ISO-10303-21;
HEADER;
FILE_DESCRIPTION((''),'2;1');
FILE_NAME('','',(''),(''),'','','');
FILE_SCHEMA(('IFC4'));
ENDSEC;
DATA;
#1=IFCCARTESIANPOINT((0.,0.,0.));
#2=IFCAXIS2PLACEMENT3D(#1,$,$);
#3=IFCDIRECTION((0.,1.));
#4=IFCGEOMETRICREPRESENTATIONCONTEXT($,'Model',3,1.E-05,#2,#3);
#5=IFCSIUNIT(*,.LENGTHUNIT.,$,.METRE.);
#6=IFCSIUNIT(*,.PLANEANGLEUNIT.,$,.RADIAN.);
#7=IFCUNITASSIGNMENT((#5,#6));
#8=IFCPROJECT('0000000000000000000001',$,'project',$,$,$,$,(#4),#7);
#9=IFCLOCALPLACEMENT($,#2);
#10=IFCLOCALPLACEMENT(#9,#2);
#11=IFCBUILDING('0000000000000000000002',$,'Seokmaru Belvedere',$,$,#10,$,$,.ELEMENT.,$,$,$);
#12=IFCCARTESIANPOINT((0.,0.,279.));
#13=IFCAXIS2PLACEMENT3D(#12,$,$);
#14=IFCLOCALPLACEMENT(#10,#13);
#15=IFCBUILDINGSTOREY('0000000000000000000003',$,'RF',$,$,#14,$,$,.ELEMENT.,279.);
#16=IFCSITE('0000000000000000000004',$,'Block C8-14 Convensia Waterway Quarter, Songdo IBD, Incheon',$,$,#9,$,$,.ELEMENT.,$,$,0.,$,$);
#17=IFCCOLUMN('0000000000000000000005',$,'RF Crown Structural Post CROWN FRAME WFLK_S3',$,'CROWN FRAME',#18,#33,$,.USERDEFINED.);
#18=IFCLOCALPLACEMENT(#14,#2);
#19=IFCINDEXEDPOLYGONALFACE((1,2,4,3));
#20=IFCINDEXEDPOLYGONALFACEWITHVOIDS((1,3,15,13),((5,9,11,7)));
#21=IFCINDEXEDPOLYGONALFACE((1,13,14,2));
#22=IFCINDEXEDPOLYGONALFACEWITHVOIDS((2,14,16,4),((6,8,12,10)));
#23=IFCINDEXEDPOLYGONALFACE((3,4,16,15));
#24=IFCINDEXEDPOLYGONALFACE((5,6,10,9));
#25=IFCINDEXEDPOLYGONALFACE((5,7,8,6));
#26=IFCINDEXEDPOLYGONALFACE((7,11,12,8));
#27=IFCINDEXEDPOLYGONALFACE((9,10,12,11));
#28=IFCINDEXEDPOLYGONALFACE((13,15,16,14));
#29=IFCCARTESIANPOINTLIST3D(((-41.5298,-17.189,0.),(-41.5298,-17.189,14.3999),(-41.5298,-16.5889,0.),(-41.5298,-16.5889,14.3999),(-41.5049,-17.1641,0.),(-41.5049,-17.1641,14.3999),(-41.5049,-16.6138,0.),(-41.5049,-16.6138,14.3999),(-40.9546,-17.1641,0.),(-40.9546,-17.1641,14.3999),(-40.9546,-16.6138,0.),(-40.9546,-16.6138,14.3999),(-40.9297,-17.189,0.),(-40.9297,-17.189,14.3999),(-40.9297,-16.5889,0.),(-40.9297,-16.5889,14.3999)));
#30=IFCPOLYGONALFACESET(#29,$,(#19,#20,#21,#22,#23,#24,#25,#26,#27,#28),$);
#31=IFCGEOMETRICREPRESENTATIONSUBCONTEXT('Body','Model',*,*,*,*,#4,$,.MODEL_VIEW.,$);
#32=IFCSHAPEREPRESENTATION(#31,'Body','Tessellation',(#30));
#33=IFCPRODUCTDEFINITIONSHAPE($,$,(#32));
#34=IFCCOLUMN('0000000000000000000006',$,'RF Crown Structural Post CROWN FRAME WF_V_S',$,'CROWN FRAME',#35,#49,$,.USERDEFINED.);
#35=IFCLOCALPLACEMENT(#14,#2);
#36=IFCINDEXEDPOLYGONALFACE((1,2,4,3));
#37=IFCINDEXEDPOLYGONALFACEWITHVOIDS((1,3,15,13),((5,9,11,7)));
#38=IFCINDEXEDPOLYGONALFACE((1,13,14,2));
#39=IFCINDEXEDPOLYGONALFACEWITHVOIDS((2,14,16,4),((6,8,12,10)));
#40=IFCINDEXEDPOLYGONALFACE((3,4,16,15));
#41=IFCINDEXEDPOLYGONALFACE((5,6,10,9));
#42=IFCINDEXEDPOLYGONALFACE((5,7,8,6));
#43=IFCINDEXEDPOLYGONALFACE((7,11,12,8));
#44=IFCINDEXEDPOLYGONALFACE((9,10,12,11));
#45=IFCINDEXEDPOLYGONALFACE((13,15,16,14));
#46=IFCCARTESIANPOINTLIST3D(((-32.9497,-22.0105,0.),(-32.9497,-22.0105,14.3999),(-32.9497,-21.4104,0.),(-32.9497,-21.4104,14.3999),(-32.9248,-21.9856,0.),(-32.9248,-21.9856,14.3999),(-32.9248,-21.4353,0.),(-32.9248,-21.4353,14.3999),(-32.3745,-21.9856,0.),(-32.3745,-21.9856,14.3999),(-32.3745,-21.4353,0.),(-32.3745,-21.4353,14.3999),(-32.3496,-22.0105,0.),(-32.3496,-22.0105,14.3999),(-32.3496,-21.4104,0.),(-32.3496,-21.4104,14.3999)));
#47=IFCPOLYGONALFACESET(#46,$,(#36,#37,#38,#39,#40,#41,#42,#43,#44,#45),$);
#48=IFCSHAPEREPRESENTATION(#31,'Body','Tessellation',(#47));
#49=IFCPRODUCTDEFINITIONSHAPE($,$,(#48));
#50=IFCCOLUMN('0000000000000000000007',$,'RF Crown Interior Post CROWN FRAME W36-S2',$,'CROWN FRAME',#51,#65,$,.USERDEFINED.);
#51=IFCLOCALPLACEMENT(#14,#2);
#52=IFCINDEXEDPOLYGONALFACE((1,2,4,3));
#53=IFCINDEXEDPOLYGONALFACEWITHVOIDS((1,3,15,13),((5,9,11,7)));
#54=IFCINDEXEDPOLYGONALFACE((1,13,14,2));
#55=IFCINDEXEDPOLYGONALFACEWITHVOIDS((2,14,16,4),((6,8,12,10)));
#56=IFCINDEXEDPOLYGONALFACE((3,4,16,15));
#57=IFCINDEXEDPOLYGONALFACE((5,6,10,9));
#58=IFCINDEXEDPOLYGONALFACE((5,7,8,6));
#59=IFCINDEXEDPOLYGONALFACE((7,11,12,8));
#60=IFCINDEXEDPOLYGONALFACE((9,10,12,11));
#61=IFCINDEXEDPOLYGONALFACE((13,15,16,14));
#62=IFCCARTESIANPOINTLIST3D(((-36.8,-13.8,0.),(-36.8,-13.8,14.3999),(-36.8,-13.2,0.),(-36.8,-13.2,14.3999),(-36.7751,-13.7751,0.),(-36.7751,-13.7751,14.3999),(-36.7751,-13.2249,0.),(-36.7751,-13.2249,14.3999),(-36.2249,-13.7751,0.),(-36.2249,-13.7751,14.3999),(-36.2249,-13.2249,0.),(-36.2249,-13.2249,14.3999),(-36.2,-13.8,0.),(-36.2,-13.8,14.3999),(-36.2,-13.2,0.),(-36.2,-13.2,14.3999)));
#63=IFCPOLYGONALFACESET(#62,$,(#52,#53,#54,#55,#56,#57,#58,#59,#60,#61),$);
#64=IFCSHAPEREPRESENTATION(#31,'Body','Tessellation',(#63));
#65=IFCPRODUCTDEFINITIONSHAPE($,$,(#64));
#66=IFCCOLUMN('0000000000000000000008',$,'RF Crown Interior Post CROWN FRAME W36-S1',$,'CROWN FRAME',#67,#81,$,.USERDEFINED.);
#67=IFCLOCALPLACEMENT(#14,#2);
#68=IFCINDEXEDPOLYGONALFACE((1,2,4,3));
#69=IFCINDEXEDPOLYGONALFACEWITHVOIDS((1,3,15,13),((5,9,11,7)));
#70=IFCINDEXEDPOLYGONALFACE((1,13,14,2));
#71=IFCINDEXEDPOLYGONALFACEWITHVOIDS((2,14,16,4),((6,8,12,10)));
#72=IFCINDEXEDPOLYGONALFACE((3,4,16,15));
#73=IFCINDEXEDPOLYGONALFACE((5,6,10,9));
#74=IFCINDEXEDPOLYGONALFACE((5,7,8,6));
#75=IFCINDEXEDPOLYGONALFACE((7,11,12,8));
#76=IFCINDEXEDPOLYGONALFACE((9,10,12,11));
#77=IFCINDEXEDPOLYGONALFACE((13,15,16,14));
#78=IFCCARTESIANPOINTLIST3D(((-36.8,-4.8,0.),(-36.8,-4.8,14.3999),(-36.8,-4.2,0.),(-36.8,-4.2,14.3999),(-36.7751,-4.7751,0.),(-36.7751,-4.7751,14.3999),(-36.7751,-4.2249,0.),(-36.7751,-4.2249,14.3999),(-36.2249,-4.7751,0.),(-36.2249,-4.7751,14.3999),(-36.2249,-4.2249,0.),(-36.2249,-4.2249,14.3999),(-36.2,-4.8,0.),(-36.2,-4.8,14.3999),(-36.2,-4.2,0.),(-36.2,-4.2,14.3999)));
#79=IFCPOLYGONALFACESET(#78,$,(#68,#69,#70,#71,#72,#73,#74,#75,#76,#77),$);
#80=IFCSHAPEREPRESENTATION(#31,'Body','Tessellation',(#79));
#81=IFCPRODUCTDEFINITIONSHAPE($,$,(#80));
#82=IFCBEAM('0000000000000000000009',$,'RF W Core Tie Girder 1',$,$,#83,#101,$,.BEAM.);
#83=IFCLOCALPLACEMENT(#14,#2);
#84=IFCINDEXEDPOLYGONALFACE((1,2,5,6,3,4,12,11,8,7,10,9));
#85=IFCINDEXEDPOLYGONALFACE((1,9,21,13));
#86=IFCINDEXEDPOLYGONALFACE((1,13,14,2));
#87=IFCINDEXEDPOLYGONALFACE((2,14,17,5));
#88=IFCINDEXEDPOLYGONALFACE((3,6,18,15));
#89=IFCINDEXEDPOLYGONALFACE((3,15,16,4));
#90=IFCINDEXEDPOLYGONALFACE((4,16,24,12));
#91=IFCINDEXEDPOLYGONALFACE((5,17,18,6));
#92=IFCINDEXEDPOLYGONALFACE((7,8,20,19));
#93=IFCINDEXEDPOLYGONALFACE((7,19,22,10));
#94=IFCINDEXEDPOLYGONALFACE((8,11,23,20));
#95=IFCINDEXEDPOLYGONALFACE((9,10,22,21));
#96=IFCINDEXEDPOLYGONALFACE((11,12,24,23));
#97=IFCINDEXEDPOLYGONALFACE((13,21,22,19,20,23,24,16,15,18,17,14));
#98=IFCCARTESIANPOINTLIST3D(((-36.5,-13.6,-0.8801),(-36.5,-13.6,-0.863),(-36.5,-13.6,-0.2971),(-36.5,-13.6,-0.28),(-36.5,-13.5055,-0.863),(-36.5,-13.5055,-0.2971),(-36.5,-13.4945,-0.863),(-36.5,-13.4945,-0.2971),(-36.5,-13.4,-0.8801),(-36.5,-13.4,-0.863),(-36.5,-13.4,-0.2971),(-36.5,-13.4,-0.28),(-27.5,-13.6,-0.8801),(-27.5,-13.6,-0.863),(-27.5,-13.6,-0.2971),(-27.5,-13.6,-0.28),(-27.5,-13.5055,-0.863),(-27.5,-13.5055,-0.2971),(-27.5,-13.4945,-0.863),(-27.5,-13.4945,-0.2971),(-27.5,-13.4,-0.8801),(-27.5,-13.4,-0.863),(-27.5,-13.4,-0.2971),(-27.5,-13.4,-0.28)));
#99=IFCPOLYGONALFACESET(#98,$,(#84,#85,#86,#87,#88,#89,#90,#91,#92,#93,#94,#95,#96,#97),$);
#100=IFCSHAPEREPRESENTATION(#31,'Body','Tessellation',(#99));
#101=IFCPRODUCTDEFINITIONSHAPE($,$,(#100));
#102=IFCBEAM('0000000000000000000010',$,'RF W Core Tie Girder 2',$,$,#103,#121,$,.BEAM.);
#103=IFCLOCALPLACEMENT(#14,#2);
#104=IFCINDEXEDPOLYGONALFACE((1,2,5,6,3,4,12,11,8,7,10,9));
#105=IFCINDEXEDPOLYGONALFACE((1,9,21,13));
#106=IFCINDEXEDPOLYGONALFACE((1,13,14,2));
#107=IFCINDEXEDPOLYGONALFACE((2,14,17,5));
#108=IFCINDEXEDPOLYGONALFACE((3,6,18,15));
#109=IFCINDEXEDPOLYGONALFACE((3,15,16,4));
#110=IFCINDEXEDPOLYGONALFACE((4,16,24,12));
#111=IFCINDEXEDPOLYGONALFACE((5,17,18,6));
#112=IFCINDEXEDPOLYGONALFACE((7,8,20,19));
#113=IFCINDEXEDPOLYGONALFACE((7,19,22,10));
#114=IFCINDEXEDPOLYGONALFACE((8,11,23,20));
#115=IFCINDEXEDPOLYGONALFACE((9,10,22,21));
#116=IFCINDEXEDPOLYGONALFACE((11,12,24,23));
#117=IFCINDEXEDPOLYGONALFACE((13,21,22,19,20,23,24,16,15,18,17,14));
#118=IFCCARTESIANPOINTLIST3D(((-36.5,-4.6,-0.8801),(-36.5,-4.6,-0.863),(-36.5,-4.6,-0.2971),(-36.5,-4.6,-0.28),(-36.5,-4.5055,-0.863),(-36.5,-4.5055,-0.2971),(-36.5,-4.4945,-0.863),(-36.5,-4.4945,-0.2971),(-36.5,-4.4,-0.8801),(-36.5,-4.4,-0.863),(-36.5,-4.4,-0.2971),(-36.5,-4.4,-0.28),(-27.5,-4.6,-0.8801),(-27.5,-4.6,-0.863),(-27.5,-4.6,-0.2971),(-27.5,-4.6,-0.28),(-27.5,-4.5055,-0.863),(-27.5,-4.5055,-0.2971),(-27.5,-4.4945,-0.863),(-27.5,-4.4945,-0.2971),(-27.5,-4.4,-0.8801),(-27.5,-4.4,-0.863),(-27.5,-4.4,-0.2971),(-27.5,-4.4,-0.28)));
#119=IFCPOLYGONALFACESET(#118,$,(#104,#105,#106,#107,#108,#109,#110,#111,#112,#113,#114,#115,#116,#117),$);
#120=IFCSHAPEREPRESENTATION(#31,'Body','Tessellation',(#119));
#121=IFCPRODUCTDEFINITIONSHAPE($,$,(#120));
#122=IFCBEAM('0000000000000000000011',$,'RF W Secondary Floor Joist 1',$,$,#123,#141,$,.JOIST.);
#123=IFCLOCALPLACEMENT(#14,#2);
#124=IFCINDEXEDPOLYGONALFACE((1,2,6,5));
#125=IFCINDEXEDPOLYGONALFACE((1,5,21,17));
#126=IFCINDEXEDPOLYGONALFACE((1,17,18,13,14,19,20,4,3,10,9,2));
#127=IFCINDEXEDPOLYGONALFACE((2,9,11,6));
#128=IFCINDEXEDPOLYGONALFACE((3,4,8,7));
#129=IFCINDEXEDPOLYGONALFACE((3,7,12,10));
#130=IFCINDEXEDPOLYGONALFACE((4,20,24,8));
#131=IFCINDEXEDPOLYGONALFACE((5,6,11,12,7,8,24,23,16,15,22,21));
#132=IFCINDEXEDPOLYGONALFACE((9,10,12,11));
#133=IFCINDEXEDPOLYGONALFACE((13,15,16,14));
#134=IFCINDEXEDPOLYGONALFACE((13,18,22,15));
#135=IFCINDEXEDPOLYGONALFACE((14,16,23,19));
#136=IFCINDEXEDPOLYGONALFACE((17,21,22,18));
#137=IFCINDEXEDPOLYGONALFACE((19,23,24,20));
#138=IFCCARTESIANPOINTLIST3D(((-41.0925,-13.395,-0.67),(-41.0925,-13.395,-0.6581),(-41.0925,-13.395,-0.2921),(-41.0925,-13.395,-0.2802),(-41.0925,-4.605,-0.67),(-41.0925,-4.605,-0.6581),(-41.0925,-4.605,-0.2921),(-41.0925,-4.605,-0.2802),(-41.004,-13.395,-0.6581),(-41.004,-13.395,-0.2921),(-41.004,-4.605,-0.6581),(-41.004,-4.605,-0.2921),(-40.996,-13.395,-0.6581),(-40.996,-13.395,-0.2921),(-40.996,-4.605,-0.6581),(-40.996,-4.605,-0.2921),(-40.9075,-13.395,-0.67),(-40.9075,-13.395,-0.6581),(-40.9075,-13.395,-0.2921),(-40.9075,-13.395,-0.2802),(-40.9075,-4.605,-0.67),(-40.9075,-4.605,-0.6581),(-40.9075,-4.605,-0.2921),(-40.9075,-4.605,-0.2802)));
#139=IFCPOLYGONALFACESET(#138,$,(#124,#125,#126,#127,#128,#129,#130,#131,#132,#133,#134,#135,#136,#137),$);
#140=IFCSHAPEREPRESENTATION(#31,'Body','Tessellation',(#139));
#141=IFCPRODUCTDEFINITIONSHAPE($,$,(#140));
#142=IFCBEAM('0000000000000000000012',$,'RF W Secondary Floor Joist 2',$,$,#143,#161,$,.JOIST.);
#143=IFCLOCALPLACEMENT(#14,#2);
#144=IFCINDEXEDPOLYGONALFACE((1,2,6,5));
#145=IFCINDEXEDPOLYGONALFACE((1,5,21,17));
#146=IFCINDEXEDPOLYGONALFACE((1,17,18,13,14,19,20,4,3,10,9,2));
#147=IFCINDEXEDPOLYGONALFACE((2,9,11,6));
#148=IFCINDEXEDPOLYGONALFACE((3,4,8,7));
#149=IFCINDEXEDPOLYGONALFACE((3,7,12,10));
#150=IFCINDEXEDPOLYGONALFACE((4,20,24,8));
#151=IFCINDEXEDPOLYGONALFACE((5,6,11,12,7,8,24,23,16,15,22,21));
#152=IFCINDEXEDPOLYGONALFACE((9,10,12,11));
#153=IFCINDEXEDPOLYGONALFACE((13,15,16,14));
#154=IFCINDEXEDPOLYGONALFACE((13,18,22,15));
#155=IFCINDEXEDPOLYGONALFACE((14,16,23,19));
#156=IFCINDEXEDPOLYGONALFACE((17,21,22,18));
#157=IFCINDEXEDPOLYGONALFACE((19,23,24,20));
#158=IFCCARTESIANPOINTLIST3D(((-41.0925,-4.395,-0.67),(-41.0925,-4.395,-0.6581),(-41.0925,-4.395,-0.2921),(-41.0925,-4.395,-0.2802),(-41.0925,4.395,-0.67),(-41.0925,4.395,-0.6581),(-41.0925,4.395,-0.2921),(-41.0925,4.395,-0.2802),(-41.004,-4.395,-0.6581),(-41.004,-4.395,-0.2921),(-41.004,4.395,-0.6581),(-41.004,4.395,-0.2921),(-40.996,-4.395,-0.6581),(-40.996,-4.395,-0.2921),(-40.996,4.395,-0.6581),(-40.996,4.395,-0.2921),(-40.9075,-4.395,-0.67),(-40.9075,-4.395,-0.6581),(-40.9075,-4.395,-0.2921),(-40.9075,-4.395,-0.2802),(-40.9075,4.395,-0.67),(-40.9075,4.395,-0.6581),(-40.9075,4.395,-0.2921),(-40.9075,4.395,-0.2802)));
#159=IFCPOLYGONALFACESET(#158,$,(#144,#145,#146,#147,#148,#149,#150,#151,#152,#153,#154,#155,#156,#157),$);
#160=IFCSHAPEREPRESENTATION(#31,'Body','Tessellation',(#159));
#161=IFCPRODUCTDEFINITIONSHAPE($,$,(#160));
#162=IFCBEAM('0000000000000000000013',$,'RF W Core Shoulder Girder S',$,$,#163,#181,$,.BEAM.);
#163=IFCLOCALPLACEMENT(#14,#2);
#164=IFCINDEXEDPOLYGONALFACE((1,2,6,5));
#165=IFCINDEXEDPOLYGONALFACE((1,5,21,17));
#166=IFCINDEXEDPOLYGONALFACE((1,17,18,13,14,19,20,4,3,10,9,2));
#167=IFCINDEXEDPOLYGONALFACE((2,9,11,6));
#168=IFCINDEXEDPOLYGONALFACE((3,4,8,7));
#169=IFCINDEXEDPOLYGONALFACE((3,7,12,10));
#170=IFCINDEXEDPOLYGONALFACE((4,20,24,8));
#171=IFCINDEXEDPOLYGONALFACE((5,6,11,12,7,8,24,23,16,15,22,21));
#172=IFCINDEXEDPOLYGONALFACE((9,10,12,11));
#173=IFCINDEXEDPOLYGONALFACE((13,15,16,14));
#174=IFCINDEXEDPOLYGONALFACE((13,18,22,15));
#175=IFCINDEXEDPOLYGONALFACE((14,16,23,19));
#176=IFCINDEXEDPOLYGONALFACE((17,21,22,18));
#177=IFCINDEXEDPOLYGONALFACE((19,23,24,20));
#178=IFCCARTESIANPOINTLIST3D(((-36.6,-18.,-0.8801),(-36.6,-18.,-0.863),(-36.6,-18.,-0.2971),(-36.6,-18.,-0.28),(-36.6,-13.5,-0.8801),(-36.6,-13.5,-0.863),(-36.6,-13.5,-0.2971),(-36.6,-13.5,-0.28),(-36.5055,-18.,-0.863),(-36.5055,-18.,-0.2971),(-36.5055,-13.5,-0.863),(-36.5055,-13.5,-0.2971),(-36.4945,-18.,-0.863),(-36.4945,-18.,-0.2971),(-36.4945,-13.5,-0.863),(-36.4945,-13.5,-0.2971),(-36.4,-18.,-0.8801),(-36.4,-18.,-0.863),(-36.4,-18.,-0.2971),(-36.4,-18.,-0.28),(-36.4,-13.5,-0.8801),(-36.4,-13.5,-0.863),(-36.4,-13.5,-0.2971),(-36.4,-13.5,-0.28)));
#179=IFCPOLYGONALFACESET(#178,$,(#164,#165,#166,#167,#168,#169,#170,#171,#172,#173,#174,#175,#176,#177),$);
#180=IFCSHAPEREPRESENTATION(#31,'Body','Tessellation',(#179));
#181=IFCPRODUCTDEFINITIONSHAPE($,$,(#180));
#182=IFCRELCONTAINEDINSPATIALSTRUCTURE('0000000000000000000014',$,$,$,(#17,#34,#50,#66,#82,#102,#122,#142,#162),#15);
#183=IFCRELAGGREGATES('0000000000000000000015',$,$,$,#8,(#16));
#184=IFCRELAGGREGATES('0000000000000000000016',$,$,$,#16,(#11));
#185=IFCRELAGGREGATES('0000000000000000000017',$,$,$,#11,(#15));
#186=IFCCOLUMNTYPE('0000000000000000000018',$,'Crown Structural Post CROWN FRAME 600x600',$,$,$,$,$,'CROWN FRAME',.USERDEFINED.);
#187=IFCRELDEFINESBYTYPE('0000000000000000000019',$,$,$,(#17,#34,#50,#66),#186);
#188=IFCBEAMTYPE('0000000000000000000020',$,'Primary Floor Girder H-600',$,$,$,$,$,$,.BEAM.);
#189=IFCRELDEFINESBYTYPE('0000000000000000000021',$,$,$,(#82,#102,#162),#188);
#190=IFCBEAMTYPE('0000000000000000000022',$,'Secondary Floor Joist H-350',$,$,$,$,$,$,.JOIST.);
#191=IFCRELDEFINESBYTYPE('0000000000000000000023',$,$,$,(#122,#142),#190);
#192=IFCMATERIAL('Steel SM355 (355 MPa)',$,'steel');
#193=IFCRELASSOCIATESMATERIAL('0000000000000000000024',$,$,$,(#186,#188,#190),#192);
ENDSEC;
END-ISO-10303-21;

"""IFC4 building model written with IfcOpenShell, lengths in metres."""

from ifc_helpers import new_model, si_unit, direction, frame, origin, origin_2d, place, context, subcontext, project, spatial, hollow_rectangle, i_section, extrude, source, transform, mapped, material, material_profile, profile_set, type_object, type_shapes, element, save


model = new_model("IFC4")

# Units and contexts
model_context = context("Model", 3, precision=1e-05, world=origin(), true_north=direction((0.0, 1.0)))
body_context = subcontext(model_context, "Body", "Model", "MODEL_VIEW")
ifc_project = project(units=[si_unit("LENGTHUNIT", "METRE"), si_unit("PLANEANGLEUNIT", "RADIAN")], contexts=[model_context])

# Site, building, storey
site_placement = place(None, origin())
site = spatial("IfcSite", under=ifc_project, at=site_placement, Name="Block C8-14 Convensia Waterway Quarter, Songdo IBD, Incheon", CompositionType="ELEMENT", RefElevation=0.0)
building_placement = place(site_placement, origin())
building = spatial("IfcBuilding", under=site, at=building_placement, Name="Seokmaru Belvedere", CompositionType="ELEMENT")
storey_placement = place(building_placement, frame((0.0, 0.0, 279.0)))
storey = spatial("IfcBuildingStorey", under=building, at=storey_placement, Name="RF", CompositionType="ELEMENT", Elevation=279.0)

# Columns
ifc_material_1 = material(Name="Steel SM355 (355 MPa)", Category="steel")
ifc_material_profile_1 = material_profile(ifc_material_1, hollow_rectangle(XDim=0.6001, YDim=0.6001, WallThickness=0.0249, at=origin_2d()), Name="HSS-600x600x25")
ifc_profile_set_1 = profile_set([ifc_material_profile_1], Name="Steel SM355 (355 MPa)")
column_type = type_object("IfcColumnType", Name="Crown Structural Post CROWN FRAME 600x600", ElementType="CROWN FRAME", PredefinedType="USERDEFINED", material=ifc_profile_set_1)
shared_shape_1 = source(origin(), body_context, "Body", "SweptSolid", [
    extrude(hollow_rectangle(XDim=0.6001, YDim=0.6001, WallThickness=0.0249, at=origin_2d()), origin(), (0.0, 0.0, 1.0), 14.3999),
])
type_shapes(column_type, [shared_shape_1])
for number, where, z_axis, x_axis, name in (
    (1, (-41.2297, -16.8889, 0.0), (0.0, 0.0, 1.0), (1.0, 0.0, 0.0), "RF Crown Structural Post CROWN FRAME WFLK_S3"),
    (2, (-32.6497, -21.7104, 0.0), (0.0, 0.0, 1.0), (1.0, 0.0, 0.0), "RF Crown Structural Post CROWN FRAME WF_V_S"),
    (3, (-36.5, -13.5, 0.0), (0.0, 0.0, 1.0), (1.0, 0.0, 0.0), "RF Crown Interior Post CROWN FRAME W36-S2"),
    (4, (-36.5, -4.5, 0.0), (0.0, 0.0, 1.0), (1.0, 0.0, 0.0), "RF Crown Interior Post CROWN FRAME W36-S1"),
):
    element("IfcColumn", number, at=place(storey_placement, frame(where, z_axis=z_axis, x_axis=x_axis)), inside=storey, type_object=column_type, Name=name, ObjectType="CROWN FRAME", PredefinedType="USERDEFINED", context=body_context, shape_type="MappedRepresentation", body=[
        mapped(shared_shape_1, transform((0.0, 0.0, 0.0), scale=1.0)),
    ])

# Beams
ifc_material_profile_2 = material_profile(ifc_material_1, i_section(OverallWidth=0.2, OverallDepth=0.6001, WebThickness=0.011, FlangeThickness=0.0171, at=origin_2d()), Name="H-600x200x11x17")
ifc_profile_set_2 = profile_set([ifc_material_profile_2], Name="Steel SM355 (355 MPa)")
beam_type_1 = type_object("IfcBeamType", Name="Primary Floor Girder H-600", PredefinedType="BEAM", material=ifc_profile_set_2)
shared_shape_2 = source(origin(), body_context, "Body", "SweptSolid", [
    extrude(i_section(OverallWidth=0.2, OverallDepth=0.6001, WebThickness=0.011, FlangeThickness=0.0171, at=origin_2d()), origin(), (0.0, 0.0, 1.0), 9.0),
])
for number, where, z_axis, x_axis, name in (
    (5, (-36.5, -13.5, -0.5801), (1.0, 0.0, 0.0), (0.0, 1.0, 0.0), "RF W Core Tie Girder 1"),
    (6, (-36.5, -4.5, -0.5801), (1.0, 0.0, 0.0), (0.0, 1.0, 0.0), "RF W Core Tie Girder 2"),
):
    element("IfcBeam", number, at=place(storey_placement, frame(where, z_axis=z_axis, x_axis=x_axis)), inside=storey, type_object=beam_type_1, Name=name, PredefinedType="BEAM", context=body_context, shape_type="MappedRepresentation", body=[
        mapped(shared_shape_2, transform((0.0, 0.0, 0.0), scale=1.0)),
    ])
ifc_material_profile_3 = material_profile(ifc_material_1, i_section(OverallWidth=0.1851, OverallDepth=0.3899, WebThickness=0.0081, FlangeThickness=0.012, at=origin_2d()), Name="H-390x185x8x12")
ifc_profile_set_3 = profile_set([ifc_material_profile_3], Name="Steel SM355 (355 MPa)")
beam_type_2 = type_object("IfcBeamType", Name="Secondary Floor Joist H-350", PredefinedType="JOIST", material=ifc_profile_set_3)
shared_shape_3 = source(origin(), body_context, "Body", "SweptSolid", [
    extrude(i_section(OverallWidth=0.1851, OverallDepth=0.3899, WebThickness=0.0081, FlangeThickness=0.012, at=origin_2d()), origin(), (0.0, 0.0, 1.0), 8.79),
])
type_shapes(beam_type_2, [shared_shape_3])
for number, where, z_axis, x_axis, name in (
    (7, (-41.0, -13.395, -0.4751), (0.0, 1.0, 0.0), (-1.0, 0.0, 0.0), "RF W Secondary Floor Joist 1"),
    (8, (-41.0, -4.395, -0.4751), (0.0, 1.0, 0.0), (-1.0, 0.0, 0.0), "RF W Secondary Floor Joist 2"),
):
    element("IfcBeam", number, at=place(storey_placement, frame(where, z_axis=z_axis, x_axis=x_axis)), inside=storey, type_object=beam_type_2, Name=name, PredefinedType="JOIST", context=body_context, shape_type="MappedRepresentation", body=[
        mapped(shared_shape_3, transform((0.0, 0.0, 0.0), scale=1.0)),
    ])
shared_shape_4 = source(origin(), body_context, "Body", "SweptSolid", [
    extrude(i_section(OverallWidth=0.2, OverallDepth=0.6001, WebThickness=0.011, FlangeThickness=0.0171, at=origin_2d()), origin(), (0.0, 0.0, 1.0), 4.5),
])
beam_1_placement = place(storey_placement, frame((-36.5, -18.0, -0.5801), z_axis=(0.0, 1.0, 0.0), x_axis=(-1.0, 0.0, 0.0)))
element("IfcBeam", 9, at=beam_1_placement, inside=storey, type_object=beam_type_1, Name="RF W Core Shoulder Girder S", PredefinedType="BEAM", context=body_context, shape_type="MappedRepresentation", body=[
    mapped(shared_shape_4, transform((0.0, 0.0, 0.0), scale=1.0)),
])

save(model, "model.ifc")
